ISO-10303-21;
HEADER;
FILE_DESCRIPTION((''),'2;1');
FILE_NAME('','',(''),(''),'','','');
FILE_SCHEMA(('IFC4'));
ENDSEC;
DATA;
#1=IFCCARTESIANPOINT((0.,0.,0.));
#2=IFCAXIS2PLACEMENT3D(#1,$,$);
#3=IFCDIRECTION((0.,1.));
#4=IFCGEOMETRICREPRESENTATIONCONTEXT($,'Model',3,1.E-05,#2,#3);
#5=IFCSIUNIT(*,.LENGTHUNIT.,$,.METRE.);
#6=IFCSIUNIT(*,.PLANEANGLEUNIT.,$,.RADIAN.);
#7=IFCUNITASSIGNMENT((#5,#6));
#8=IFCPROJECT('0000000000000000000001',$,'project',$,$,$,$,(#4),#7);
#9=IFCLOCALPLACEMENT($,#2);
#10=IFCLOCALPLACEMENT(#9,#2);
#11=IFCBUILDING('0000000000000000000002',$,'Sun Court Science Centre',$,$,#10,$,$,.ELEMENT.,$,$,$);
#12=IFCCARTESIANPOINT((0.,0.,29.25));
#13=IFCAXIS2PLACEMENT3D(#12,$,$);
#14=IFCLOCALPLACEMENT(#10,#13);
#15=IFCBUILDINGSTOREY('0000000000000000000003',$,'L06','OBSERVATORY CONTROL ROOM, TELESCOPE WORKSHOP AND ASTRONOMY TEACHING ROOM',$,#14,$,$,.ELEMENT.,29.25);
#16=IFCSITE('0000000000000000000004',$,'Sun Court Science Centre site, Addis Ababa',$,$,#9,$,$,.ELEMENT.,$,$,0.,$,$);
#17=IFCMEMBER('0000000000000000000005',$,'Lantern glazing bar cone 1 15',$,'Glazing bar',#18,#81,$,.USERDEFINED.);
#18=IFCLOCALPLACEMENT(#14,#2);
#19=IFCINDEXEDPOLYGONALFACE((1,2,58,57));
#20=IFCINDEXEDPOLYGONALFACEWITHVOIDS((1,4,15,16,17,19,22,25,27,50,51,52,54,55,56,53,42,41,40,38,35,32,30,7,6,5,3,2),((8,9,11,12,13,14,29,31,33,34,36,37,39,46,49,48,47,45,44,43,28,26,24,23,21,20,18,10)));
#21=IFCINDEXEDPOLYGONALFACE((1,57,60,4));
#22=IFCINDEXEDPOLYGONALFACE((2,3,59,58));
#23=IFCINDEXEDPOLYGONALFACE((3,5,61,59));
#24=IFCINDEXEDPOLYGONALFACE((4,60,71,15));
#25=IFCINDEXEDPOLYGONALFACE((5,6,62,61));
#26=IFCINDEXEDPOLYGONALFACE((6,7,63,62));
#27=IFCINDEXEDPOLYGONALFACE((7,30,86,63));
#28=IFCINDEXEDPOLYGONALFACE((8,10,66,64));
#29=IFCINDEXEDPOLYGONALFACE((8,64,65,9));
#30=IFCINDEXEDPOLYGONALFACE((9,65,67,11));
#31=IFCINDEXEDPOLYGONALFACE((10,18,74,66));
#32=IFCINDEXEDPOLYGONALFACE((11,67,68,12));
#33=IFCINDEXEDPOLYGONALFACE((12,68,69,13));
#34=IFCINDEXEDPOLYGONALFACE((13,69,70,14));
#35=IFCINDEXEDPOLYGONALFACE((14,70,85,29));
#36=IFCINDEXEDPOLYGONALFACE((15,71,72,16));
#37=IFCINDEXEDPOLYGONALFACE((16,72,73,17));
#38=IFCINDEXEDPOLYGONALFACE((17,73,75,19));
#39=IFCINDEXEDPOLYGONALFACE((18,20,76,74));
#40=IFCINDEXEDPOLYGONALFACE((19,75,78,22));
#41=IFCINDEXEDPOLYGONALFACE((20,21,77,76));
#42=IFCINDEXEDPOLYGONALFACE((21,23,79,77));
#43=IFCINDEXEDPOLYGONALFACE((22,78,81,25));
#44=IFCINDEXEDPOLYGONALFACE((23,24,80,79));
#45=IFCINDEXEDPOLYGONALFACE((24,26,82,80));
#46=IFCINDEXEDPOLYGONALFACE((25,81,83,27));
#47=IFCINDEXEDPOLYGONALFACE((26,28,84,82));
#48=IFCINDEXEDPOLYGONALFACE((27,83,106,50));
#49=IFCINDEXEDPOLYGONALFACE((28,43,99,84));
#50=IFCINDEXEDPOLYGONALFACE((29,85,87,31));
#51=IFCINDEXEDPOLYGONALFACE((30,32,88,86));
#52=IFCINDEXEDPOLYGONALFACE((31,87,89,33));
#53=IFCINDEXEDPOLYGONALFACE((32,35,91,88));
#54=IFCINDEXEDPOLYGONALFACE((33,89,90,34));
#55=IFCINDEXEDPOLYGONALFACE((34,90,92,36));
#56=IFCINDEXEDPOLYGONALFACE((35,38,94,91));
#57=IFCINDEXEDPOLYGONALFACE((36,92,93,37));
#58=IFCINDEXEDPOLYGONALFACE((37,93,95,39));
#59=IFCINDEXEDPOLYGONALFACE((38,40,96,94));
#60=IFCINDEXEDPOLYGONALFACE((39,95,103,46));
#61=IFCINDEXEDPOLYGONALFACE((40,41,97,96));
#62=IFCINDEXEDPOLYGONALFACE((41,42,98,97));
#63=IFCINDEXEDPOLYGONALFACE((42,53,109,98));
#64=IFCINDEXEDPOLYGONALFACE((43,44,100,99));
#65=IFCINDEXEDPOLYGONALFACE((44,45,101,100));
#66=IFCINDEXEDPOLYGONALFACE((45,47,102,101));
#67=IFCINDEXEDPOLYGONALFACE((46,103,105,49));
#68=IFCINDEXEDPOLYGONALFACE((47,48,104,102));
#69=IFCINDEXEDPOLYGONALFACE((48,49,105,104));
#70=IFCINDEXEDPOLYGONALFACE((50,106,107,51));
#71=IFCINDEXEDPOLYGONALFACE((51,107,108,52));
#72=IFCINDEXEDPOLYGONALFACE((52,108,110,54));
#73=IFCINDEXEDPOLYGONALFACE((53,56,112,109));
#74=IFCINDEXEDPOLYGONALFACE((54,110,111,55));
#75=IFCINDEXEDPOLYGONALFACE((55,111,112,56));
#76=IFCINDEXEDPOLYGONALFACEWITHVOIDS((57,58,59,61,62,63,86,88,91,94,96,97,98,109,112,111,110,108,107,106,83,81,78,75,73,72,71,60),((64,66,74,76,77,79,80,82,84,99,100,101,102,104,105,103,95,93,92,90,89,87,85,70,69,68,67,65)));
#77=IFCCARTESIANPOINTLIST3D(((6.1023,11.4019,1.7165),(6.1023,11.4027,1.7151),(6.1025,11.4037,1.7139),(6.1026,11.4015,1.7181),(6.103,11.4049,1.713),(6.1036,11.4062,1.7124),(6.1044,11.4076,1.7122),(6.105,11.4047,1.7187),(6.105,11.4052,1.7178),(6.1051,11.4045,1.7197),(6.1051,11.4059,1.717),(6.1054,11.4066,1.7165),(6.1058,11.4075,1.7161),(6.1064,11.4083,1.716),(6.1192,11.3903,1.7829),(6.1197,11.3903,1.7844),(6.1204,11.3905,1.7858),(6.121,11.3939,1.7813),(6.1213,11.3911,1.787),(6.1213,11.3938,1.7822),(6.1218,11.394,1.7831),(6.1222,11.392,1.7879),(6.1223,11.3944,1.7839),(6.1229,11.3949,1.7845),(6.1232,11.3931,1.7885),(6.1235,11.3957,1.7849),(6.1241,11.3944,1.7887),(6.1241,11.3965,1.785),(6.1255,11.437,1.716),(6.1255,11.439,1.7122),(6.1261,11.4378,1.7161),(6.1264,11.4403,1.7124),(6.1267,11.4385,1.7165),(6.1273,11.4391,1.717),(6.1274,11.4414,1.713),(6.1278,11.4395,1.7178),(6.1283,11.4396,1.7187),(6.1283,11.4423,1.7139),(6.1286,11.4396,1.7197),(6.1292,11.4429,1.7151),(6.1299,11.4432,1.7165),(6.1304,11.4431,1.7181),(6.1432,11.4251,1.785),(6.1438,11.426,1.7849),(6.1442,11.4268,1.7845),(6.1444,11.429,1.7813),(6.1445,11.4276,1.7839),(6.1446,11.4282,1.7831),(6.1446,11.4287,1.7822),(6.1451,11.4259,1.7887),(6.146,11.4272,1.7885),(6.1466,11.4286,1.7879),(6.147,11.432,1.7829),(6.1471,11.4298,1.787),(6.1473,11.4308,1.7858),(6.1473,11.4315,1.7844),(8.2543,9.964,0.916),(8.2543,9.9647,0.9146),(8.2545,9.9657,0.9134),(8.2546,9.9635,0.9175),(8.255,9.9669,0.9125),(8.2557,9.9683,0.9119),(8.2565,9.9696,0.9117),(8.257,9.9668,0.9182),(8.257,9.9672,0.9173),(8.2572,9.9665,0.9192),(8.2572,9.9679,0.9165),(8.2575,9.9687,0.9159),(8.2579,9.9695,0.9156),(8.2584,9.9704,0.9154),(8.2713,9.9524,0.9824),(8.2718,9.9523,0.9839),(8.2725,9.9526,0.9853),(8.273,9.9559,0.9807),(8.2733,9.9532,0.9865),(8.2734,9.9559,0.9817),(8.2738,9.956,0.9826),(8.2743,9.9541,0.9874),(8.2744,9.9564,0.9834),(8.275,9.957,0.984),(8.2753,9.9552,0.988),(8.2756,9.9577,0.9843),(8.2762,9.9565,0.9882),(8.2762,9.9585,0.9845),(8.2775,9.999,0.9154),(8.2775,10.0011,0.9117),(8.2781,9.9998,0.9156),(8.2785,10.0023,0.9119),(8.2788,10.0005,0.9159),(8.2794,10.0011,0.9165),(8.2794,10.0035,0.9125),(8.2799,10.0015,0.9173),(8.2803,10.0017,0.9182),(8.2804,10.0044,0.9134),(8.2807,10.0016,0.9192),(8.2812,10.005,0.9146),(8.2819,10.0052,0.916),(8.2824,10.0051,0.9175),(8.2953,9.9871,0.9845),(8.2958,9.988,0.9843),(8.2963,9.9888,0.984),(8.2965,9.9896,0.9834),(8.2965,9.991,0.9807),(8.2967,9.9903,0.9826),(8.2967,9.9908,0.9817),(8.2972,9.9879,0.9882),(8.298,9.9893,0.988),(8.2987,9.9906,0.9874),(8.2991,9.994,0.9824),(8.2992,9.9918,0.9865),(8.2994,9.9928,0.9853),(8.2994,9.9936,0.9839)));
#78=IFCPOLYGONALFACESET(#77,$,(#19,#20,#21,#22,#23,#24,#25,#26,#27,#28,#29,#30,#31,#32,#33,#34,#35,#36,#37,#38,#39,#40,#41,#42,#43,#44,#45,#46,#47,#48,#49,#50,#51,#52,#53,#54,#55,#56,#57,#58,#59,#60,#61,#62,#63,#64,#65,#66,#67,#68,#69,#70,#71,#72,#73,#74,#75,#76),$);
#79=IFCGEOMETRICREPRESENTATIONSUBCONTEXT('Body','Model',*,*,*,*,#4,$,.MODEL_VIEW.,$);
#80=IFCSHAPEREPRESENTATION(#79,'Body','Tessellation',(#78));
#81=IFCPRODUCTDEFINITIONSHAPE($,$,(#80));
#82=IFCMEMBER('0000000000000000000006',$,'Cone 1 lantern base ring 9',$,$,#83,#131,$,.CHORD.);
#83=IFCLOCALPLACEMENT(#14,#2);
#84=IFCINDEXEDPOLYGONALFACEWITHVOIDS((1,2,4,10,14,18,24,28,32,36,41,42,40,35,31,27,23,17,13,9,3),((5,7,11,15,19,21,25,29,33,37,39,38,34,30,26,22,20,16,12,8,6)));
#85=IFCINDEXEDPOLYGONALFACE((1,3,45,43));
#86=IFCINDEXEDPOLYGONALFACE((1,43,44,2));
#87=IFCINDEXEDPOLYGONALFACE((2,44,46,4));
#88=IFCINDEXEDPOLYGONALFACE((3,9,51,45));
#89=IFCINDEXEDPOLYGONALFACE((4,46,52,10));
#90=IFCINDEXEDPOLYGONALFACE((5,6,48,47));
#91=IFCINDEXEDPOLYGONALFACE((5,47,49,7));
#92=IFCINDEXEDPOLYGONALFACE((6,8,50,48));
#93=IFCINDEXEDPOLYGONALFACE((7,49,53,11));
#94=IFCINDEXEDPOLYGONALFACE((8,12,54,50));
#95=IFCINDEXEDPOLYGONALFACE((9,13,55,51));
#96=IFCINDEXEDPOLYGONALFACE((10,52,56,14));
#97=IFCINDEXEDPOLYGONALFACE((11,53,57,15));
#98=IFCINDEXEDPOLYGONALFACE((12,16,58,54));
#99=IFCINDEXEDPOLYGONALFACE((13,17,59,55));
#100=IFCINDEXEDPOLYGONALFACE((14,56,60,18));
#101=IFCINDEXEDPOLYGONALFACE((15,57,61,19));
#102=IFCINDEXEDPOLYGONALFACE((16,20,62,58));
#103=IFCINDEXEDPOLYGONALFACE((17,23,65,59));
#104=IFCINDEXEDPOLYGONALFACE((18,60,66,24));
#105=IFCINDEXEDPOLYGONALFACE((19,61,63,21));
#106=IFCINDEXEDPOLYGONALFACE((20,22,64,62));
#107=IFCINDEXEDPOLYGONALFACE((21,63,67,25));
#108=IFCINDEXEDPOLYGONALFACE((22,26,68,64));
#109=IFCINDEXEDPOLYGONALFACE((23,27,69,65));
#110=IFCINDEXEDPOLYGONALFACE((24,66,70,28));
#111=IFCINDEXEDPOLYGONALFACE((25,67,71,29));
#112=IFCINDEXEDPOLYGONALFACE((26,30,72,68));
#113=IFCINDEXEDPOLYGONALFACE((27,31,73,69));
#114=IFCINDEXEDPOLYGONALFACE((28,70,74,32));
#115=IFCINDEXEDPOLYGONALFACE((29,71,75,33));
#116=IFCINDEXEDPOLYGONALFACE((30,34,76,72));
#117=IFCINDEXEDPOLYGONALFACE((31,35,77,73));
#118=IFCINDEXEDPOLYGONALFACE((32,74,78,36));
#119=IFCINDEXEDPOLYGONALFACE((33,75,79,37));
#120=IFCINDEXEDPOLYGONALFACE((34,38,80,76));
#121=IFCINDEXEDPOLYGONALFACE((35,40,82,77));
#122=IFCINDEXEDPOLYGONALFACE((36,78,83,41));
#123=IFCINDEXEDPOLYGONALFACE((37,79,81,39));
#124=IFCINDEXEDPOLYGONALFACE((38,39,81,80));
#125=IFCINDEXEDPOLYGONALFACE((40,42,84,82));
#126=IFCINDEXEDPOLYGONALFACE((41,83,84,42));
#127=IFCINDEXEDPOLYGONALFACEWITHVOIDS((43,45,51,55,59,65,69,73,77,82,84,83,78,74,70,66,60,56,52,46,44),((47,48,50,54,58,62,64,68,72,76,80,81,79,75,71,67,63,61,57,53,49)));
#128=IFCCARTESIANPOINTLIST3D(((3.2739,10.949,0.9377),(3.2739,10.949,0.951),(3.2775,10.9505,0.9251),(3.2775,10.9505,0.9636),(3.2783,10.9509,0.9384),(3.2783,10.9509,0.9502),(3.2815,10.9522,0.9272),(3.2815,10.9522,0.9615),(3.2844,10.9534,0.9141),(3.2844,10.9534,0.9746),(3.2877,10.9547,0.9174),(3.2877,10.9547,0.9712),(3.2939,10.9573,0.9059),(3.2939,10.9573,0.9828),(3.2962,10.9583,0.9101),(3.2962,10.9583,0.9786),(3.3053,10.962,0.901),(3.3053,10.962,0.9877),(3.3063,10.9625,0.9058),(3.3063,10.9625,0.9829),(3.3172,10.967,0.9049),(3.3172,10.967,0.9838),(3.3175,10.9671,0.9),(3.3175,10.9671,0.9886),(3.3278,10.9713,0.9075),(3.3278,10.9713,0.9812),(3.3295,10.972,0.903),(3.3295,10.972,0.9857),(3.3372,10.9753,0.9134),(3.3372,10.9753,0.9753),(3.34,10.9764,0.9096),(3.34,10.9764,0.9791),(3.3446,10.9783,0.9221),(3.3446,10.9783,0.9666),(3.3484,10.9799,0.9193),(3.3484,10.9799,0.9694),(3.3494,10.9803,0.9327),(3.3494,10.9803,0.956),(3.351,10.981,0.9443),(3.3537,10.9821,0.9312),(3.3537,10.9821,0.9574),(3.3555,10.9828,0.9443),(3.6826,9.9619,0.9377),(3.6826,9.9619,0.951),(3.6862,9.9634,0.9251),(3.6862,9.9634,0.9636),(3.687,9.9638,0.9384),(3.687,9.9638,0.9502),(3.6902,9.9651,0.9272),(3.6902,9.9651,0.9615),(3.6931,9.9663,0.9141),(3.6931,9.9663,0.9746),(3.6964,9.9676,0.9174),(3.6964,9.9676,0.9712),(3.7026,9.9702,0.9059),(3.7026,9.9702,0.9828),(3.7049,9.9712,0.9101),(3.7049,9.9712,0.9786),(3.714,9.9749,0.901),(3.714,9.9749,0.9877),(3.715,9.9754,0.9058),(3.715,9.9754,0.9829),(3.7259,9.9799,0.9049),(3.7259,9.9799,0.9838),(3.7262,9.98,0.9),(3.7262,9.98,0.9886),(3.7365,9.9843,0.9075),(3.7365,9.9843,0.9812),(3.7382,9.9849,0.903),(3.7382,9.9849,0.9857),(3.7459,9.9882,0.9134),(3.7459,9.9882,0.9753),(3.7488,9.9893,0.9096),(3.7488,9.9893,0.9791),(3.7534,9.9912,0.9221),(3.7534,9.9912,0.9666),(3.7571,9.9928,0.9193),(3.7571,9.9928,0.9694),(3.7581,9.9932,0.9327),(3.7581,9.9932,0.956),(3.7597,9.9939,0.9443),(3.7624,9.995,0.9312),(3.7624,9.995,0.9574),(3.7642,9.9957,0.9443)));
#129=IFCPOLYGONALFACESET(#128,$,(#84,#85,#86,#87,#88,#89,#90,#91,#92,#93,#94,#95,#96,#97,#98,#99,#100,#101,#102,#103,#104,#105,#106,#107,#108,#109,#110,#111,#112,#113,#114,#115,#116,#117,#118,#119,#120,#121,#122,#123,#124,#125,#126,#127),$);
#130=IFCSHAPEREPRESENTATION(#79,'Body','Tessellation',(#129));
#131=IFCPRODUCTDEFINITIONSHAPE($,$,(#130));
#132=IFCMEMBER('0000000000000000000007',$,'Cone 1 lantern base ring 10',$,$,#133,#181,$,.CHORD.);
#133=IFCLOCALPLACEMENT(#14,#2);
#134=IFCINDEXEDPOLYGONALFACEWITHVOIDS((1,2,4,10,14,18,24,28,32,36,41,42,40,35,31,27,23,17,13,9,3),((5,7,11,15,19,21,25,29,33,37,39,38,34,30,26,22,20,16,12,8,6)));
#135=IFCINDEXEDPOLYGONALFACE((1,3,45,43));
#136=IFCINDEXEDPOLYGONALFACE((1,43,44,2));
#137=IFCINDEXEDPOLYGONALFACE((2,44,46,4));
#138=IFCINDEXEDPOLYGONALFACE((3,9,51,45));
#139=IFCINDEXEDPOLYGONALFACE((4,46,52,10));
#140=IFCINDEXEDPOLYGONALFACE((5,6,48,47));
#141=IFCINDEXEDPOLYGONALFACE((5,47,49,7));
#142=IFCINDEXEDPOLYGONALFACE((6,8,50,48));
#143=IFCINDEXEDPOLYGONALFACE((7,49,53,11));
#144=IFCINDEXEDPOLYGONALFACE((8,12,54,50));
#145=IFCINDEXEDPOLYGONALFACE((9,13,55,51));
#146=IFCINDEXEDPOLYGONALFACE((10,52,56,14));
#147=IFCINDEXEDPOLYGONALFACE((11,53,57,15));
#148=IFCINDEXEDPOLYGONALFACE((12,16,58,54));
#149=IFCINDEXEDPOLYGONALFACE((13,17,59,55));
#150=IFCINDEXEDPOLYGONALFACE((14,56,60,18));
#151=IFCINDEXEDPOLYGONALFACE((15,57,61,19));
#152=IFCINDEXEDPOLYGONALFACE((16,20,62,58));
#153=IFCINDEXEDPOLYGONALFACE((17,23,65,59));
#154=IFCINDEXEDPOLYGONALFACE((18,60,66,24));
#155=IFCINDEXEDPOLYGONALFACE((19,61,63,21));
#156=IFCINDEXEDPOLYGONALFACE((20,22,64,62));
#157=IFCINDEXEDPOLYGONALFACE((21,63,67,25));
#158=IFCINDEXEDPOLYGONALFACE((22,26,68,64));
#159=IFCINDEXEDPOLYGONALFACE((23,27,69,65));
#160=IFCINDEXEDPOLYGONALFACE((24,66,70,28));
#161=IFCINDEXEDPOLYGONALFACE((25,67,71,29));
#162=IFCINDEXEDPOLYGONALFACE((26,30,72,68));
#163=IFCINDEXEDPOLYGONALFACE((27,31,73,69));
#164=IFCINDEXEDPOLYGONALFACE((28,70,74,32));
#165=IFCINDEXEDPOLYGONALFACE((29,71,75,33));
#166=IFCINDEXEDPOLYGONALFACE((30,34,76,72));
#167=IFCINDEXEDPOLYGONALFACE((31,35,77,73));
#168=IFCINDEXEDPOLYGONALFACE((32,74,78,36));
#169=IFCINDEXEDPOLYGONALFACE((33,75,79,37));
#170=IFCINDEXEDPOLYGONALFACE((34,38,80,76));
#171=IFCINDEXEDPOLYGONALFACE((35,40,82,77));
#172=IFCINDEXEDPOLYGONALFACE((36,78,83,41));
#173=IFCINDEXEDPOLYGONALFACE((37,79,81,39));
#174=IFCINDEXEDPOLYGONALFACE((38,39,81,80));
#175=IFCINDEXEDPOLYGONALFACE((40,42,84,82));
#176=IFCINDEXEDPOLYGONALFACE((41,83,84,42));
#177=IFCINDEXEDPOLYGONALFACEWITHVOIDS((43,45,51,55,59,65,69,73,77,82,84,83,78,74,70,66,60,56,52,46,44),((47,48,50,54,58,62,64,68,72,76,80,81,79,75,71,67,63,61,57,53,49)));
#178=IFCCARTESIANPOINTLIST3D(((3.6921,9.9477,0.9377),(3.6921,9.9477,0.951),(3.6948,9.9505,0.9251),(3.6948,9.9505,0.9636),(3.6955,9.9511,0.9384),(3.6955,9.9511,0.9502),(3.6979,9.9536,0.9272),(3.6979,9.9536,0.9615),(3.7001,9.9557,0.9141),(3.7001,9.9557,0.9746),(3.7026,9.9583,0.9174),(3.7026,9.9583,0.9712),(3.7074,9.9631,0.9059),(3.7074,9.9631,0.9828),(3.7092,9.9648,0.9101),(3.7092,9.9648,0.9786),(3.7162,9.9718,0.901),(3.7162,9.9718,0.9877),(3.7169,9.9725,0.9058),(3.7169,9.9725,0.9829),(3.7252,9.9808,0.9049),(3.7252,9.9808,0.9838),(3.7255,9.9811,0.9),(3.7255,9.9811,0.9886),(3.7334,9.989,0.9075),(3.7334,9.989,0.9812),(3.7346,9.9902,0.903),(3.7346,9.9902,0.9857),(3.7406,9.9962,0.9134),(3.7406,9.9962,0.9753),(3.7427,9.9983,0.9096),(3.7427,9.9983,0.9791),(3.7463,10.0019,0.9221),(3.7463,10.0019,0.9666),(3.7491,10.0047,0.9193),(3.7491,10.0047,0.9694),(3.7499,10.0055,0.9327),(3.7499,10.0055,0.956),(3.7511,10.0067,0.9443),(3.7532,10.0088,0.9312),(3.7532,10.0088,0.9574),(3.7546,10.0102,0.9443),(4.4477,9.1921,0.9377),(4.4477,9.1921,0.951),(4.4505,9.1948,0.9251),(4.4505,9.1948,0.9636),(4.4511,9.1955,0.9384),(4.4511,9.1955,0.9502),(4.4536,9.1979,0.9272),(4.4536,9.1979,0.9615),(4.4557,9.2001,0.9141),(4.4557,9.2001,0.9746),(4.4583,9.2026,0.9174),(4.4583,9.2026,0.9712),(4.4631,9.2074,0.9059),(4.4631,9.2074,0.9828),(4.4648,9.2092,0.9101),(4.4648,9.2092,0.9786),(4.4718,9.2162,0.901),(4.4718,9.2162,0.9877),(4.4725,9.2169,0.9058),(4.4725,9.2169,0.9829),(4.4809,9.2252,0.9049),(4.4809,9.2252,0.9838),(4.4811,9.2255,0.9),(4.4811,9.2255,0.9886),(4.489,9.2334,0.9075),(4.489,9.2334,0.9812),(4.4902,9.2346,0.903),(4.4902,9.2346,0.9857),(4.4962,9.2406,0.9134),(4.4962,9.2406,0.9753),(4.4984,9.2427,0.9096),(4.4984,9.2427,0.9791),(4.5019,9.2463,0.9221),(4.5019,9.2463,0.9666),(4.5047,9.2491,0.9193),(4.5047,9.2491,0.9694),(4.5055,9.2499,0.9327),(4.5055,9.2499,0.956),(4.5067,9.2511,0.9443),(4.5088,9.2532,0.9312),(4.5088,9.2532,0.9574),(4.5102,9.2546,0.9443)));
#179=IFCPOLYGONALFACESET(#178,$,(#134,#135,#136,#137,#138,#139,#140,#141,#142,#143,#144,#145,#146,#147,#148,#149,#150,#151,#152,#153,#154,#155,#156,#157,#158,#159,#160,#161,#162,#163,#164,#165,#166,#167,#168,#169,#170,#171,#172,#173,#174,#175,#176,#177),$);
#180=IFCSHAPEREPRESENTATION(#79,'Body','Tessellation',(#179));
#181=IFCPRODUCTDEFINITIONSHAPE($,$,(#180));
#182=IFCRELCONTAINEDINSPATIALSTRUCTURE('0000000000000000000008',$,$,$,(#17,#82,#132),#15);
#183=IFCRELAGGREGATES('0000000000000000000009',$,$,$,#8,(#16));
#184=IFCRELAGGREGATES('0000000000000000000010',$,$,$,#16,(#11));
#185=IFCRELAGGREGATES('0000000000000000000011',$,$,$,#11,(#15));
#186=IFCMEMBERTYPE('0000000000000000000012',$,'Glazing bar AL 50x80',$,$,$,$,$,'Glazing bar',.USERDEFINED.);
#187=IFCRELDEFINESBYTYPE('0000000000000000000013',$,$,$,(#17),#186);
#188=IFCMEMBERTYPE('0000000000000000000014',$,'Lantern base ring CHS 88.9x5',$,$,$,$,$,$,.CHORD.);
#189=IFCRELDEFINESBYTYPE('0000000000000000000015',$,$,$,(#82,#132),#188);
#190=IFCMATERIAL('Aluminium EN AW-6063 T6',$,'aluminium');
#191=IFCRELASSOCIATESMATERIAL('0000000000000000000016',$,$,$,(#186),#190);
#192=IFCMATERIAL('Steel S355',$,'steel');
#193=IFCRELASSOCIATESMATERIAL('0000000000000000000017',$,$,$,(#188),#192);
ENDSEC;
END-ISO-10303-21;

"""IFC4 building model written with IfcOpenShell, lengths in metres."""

from ifc_helpers import new_model, si_unit, direction, frame, origin, origin_2d, place, context, subcontext, project, spatial, hollow_rectangle, hollow_circle, extrude, material, material_profile, profile_set, type_object, element, save


model = new_model("IFC4")

# Units and contexts
model_context = context("Model", 3, precision=1e-05, world=origin(), true_north=direction((0.0, 1.0)))
body_context = subcontext(model_context, "Body", "Model", "MODEL_VIEW")
ifc_project = project(units=[si_unit("LENGTHUNIT", "METRE"), si_unit("PLANEANGLEUNIT", "RADIAN")], contexts=[model_context])

# Site, building, storey
site_placement = place(None, origin())
site = spatial("IfcSite", under=ifc_project, at=site_placement, Name="Sun Court Science Centre site, Addis Ababa", CompositionType="ELEMENT", RefElevation=0.0)
building_placement = place(site_placement, origin())
building = spatial("IfcBuilding", under=site, at=building_placement, Name="Sun Court Science Centre", CompositionType="ELEMENT")
storey_placement = place(building_placement, frame((0.0, 0.0, 29.25)))
storey = spatial("IfcBuildingStorey", under=building, at=storey_placement, Name="L06", Description="OBSERVATORY CONTROL ROOM, TELESCOPE WORKSHOP AND ASTRONOMY TEACHING ROOM", CompositionType="ELEMENT", Elevation=29.25)

# Members
ifc_material_1 = material(Name="Aluminium EN AW-6063 T6", Category="aluminium")
ifc_material_profile_1 = material_profile(ifc_material_1, hollow_rectangle(XDim=0.05, YDim=0.0801, WallThickness=0.0039, InnerFilletRadius=0.0039, OuterFilletRadius=0.0061, at=origin_2d()), Name="AL 50x80x4")
ifc_profile_set_1 = profile_set([ifc_material_profile_1], Name="Aluminium EN AW-6063 T6")
member_type_1 = type_object("IfcMemberType", Name="Glazing bar AL 50x80", ElementType="Glazing bar", PredefinedType="USERDEFINED", material=ifc_profile_set_1)
for number, where, z_axis, x_axis, name in (
    (1, (8.2769, 9.9788, 0.95), (-0.794343, 0.530764, 0.29548), (-0.555571, -0.831469, 0.0), "Lantern glazing bar cone 1 15"),
):
    element("IfcMember", number, at=place(storey_placement, frame(where, z_axis=z_axis, x_axis=x_axis)), inside=storey, type_object=member_type_1, Name=name, ObjectType="Glazing bar", PredefinedType="USERDEFINED", context=body_context, shape_type="SweptSolid", body=[
        extrude(hollow_rectangle(XDim=0.05, YDim=0.0801, WallThickness=0.0039, InnerFilletRadius=0.0039, OuterFilletRadius=0.0061, at=origin_2d()), origin(), (0.0, 0.0, 1.0), 2.7092),
    ])
ifc_material_2 = material(Name="Steel S355", Category="steel")
ifc_material_profile_2 = material_profile(ifc_material_2, hollow_circle(Radius=0.0444, WallThickness=0.0049, at=origin_2d()), Name="CHS 88.9x5")
ifc_profile_set_2 = profile_set([ifc_material_profile_2], Name="Steel S355")
member_type_2 = type_object("IfcMemberType", Name="Lantern base ring CHS 88.9x5", PredefinedType="CHORD", material=ifc_profile_set_2)
member_1_placement = place(storey_placement, frame((3.3145, 10.9658, 0.9443), z_axis=(0.382554, -0.923933, 0.0), x_axis=(0.923933, 0.382554, 0.0)))
element("IfcMember", 2, at=member_1_placement, inside=storey, type_object=member_type_2, Name="Cone 1 lantern base ring 9", PredefinedType="CHORD", context=body_context, shape_type="SweptSolid", body=[
    extrude(hollow_circle(Radius=0.0444, WallThickness=0.0049, at=origin_2d()), origin(), (0.0, 0.0, 1.0), 1.0684),
])
for number, where, z_axis, x_axis, name in (
    (3, (3.7231, 9.9788, 0.9443), (0.707107, -0.707107, 0.0), (0.707107, 0.707107, 0.0), "Cone 1 lantern base ring 10"),
):
    element("IfcMember", number, at=place(storey_placement, frame(where, z_axis=z_axis, x_axis=x_axis)), inside=storey, type_object=member_type_2, Name=name, PredefinedType="CHORD", context=body_context, shape_type="SweptSolid", body=[
        extrude(hollow_circle(Radius=0.0444, WallThickness=0.0049, at=origin_2d()), origin(), (0.0, 0.0, 1.0), 1.0686),
    ])

save(model, "model.ifc")
